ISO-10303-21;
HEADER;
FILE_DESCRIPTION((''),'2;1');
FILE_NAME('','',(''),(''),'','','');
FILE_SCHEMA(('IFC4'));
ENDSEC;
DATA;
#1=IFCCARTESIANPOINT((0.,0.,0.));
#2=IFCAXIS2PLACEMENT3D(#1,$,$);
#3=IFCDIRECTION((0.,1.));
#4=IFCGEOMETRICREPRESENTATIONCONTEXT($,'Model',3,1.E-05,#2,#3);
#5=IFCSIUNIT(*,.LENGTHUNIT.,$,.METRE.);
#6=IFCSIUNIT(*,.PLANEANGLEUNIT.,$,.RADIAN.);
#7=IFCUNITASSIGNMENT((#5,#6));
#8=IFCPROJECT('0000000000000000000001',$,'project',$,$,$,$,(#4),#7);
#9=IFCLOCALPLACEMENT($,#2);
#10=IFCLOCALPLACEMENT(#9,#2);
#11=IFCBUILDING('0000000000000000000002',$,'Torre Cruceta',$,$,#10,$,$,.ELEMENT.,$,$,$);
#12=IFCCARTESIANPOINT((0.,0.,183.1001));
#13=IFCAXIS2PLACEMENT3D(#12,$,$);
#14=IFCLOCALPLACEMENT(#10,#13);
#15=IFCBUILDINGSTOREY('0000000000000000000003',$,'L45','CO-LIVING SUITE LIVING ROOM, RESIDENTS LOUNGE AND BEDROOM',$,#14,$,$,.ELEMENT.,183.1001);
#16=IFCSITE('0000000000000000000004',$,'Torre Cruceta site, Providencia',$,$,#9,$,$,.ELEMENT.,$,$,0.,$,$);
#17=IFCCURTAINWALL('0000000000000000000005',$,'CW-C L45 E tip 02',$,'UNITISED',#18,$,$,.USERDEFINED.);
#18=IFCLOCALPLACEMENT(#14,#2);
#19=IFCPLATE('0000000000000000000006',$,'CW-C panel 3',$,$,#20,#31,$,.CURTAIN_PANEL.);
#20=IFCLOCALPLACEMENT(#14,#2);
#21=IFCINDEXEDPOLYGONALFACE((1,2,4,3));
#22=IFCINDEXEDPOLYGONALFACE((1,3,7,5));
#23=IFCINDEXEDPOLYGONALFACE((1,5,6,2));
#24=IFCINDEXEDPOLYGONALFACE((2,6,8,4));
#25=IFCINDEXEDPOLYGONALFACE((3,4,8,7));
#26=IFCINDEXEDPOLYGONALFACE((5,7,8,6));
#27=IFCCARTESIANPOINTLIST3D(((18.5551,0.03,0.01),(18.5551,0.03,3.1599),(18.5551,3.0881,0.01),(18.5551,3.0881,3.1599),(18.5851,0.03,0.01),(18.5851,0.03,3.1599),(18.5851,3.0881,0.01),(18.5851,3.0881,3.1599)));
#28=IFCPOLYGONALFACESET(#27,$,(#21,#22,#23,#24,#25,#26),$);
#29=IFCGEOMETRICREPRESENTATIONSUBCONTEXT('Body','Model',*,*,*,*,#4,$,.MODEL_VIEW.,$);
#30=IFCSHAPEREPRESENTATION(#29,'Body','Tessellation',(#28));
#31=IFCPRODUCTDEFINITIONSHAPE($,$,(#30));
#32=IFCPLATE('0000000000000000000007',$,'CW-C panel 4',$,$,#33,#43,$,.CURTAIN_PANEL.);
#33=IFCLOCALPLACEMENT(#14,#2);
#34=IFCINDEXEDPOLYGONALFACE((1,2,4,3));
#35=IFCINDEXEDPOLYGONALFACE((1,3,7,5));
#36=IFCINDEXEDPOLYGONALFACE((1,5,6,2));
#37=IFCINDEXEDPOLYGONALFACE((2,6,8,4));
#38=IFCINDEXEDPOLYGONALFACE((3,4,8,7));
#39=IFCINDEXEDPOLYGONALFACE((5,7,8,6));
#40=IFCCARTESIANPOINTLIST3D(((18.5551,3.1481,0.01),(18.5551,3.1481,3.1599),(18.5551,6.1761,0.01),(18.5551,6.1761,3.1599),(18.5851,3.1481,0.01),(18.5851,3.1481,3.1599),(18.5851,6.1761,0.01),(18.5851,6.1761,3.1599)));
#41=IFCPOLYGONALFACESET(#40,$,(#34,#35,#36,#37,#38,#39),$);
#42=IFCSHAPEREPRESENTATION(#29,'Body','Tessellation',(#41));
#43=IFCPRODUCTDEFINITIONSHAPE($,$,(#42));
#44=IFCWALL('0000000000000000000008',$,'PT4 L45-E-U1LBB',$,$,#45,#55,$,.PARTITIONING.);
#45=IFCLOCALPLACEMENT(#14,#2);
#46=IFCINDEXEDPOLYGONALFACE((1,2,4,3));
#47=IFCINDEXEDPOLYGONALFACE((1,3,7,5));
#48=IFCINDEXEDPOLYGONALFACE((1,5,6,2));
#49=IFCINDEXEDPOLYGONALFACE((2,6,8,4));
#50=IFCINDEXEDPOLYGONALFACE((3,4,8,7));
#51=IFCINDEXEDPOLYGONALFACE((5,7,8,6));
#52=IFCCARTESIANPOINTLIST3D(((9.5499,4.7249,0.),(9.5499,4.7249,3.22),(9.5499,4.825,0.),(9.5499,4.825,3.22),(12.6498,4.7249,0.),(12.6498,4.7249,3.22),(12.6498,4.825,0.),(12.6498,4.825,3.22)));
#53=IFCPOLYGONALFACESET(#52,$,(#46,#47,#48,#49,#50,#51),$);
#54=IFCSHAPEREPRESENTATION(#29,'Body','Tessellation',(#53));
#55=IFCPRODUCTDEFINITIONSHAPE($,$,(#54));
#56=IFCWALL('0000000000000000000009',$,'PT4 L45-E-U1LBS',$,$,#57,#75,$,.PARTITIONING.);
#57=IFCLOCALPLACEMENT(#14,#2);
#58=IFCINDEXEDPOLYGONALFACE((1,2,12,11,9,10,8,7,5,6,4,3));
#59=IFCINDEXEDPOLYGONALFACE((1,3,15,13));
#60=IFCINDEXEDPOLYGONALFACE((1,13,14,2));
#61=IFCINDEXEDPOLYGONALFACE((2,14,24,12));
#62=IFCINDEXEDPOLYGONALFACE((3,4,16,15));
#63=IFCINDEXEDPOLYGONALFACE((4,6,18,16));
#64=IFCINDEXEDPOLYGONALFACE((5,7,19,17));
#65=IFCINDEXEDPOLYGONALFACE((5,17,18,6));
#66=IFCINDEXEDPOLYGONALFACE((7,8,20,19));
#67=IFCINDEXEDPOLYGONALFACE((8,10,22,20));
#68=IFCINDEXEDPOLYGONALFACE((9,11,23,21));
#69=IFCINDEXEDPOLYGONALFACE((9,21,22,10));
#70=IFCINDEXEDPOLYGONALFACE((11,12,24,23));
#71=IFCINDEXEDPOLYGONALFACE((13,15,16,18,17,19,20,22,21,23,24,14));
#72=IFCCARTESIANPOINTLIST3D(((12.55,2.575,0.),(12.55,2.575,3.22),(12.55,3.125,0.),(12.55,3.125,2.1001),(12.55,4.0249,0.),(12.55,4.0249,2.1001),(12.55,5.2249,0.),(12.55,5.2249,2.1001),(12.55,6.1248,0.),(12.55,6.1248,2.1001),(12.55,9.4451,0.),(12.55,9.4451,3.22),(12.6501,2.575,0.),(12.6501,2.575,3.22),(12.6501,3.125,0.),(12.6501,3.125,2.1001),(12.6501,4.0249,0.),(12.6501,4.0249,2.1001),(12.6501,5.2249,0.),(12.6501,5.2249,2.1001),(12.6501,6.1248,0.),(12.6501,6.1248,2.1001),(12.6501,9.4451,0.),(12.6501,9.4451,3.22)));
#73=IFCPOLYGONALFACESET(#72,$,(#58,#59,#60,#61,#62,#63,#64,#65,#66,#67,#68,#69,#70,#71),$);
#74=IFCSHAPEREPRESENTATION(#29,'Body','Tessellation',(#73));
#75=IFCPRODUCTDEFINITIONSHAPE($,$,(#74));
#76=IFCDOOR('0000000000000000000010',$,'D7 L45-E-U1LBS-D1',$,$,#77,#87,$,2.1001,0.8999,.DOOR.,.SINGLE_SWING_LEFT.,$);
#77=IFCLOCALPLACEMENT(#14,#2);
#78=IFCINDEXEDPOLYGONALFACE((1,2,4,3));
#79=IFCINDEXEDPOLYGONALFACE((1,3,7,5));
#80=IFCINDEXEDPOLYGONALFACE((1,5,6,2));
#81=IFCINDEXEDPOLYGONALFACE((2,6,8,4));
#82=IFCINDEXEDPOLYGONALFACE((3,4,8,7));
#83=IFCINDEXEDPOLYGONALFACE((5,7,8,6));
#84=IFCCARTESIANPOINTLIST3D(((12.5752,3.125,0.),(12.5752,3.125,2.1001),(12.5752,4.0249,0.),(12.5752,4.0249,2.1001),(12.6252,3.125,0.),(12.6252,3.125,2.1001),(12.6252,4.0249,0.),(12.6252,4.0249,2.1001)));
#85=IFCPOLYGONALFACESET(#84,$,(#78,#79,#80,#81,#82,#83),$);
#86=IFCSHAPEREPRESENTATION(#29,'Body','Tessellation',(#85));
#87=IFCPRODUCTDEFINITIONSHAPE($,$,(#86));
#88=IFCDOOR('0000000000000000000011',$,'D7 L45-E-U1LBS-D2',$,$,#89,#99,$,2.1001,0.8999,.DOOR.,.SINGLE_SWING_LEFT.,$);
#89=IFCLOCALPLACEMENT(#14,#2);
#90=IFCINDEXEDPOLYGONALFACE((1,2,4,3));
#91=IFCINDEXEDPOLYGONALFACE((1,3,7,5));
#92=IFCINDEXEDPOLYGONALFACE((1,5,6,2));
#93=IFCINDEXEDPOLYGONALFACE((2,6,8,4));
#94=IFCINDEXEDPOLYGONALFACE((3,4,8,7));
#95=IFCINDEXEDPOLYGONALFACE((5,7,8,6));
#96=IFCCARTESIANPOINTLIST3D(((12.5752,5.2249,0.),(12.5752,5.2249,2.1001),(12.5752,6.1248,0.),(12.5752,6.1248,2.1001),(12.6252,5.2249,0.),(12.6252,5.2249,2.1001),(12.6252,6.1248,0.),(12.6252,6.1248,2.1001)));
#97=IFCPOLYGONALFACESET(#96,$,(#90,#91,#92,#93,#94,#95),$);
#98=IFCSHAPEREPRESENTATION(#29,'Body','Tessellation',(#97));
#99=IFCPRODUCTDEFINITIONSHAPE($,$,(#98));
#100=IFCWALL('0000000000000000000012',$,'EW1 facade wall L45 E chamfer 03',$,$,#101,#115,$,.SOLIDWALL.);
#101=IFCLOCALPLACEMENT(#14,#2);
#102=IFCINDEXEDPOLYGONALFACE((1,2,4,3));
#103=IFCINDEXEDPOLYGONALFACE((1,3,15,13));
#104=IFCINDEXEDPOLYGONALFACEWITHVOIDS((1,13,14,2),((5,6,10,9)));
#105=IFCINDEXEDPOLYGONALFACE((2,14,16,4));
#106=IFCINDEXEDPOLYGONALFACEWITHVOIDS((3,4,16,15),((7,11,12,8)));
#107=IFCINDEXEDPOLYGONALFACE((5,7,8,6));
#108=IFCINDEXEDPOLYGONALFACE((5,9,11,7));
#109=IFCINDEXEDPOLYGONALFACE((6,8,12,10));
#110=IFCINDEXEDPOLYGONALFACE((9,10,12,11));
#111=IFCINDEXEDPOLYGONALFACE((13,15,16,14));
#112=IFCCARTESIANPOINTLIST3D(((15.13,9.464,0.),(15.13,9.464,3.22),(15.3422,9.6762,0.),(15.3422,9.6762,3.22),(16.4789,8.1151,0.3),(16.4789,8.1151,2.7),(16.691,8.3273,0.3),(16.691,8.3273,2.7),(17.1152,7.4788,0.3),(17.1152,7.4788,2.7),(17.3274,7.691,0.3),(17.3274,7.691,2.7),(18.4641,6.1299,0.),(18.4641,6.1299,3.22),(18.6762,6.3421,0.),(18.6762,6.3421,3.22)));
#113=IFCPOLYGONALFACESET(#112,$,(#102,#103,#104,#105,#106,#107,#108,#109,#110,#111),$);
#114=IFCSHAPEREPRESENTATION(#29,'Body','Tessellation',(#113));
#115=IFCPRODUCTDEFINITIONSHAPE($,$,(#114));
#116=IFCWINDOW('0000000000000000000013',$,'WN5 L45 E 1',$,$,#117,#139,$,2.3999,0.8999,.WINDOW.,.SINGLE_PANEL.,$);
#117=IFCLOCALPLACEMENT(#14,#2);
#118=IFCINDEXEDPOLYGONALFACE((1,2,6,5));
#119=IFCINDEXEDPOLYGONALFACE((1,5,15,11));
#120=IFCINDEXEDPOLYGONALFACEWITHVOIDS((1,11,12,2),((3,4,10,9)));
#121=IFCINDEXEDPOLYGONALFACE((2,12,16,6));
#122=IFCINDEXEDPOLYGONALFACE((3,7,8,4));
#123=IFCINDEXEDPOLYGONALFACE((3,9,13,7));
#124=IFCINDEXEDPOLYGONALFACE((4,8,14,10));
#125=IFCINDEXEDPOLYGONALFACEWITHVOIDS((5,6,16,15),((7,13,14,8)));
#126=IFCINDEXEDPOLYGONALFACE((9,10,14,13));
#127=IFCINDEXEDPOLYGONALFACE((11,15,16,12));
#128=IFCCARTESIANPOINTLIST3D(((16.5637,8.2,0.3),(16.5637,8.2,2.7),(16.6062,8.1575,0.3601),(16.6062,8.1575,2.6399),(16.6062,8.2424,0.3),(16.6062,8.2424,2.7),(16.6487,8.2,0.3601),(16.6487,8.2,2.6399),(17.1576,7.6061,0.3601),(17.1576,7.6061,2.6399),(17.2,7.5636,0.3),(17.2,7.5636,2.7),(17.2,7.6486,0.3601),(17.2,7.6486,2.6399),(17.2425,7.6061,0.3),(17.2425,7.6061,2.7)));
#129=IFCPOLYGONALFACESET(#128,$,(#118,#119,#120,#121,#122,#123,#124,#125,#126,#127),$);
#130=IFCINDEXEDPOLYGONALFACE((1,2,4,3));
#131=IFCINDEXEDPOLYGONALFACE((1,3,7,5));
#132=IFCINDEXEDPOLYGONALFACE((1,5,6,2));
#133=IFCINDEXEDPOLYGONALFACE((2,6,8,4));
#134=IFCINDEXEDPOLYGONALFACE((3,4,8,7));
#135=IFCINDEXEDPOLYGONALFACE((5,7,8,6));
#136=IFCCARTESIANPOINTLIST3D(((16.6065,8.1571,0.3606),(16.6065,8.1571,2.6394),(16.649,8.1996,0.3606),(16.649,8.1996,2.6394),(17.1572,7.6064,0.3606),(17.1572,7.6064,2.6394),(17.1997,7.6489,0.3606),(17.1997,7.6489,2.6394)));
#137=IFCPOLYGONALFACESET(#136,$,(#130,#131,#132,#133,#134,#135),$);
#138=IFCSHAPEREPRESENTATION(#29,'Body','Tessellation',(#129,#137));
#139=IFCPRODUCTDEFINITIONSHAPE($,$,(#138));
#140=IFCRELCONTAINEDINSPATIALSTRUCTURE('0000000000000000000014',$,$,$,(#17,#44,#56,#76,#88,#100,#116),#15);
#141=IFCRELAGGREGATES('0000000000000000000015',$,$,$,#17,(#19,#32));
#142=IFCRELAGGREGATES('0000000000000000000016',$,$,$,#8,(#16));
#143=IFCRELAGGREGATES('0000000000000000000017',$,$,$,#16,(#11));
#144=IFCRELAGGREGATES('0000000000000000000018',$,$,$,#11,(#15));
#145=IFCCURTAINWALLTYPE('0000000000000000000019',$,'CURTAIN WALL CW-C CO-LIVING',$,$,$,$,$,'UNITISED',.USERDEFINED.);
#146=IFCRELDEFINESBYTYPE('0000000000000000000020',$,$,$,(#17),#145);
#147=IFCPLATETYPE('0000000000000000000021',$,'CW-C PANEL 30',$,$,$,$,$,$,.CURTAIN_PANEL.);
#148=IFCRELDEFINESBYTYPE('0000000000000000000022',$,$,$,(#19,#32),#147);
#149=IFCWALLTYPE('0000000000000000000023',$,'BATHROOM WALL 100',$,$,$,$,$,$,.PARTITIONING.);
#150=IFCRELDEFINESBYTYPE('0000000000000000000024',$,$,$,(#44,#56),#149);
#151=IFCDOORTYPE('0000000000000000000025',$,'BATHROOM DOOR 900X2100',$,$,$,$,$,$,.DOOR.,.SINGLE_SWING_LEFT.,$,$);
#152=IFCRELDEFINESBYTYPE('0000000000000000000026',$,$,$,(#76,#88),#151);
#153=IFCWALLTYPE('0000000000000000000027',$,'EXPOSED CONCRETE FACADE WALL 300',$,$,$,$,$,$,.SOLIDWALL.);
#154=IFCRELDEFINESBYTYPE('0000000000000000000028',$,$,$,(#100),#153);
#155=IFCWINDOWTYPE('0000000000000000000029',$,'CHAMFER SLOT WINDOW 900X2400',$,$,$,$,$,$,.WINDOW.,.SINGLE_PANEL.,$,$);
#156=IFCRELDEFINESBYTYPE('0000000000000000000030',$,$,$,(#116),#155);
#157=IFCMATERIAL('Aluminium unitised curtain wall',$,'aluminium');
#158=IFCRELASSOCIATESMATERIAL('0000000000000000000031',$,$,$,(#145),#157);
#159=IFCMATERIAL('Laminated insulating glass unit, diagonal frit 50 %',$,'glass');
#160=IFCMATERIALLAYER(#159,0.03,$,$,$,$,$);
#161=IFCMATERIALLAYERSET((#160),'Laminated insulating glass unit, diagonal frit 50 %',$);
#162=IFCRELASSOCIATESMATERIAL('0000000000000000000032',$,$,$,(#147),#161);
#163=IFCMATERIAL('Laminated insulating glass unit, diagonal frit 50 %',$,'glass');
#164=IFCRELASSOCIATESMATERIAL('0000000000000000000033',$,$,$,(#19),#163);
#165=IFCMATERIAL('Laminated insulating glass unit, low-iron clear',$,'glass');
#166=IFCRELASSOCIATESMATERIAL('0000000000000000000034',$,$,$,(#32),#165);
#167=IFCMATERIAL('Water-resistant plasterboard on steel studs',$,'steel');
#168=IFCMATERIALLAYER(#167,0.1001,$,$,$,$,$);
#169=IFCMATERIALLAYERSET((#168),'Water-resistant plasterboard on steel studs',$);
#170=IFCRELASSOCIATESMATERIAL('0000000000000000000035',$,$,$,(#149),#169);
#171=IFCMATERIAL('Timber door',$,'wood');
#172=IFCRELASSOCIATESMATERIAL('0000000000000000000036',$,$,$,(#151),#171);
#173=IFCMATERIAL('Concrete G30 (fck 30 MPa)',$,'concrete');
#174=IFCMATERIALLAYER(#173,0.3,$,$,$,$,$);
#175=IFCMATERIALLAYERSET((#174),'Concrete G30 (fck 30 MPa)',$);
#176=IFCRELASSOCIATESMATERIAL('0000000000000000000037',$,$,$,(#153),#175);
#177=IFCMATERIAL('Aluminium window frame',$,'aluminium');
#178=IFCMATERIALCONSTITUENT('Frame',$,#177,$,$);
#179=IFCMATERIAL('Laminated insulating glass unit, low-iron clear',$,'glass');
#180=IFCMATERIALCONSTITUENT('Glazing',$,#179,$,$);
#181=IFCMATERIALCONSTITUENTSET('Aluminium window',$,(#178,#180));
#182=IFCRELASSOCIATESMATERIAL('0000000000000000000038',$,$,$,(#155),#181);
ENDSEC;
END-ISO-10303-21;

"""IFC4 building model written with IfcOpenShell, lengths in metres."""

from ifc_helpers import new_model, si_unit, direction, frame, frame_2d, origin, origin_2d, place, context, subcontext, project, spatial, rectangle, hollow_rectangle, extrude, material, layer, layer_set, constituent, constituent_set, type_object, element, fill, aggregate, save


model = new_model("IFC4")

# Units and contexts
model_context = context("Model", 3, precision=1e-05, world=origin(), true_north=direction((0.0, 1.0)))
body_context = subcontext(model_context, "Body", "Model", "MODEL_VIEW")
ifc_project = project(units=[si_unit("LENGTHUNIT", "METRE"), si_unit("PLANEANGLEUNIT", "RADIAN")], contexts=[model_context])

# Site, building, storey
site_placement = place(None, origin())
site = spatial("IfcSite", under=ifc_project, at=site_placement, Name="Torre Cruceta site, Providencia", CompositionType="ELEMENT", RefElevation=0.0)
building_placement = place(site_placement, origin())
building = spatial("IfcBuilding", under=site, at=building_placement, Name="Torre Cruceta", CompositionType="ELEMENT")
storey_placement = place(building_placement, frame((0.0, 0.0, 183.1001)))
storey = spatial("IfcBuildingStorey", under=building, at=storey_placement, Name="L45", Description="CO-LIVING SUITE LIVING ROOM, RESIDENTS LOUNGE AND BEDROOM", CompositionType="ELEMENT", Elevation=183.1001)

# Curtain wall
ifc_material_1 = material(Name="Aluminium unitised curtain wall", Category="aluminium")
curtain_wall_type = type_object("IfcCurtainWallType", Name="CURTAIN WALL CW-C CO-LIVING", ElementType="UNITISED", PredefinedType="USERDEFINED", material=ifc_material_1)
curtain_wall_placement = place(storey_placement, origin())
curtain_wall = element("IfcCurtainWall", 1, at=curtain_wall_placement, inside=storey, type_object=curtain_wall_type, Name="CW-C L45 E tip 02", ObjectType="UNITISED", PredefinedType="USERDEFINED")

# Plates
ifc_material_2 = material(Name="Laminated insulating glass unit, diagonal frit 50 %", Category="glass")
ifc_material_3 = material(Name="Laminated insulating glass unit, diagonal frit 50 %", Category="glass")
ifc_layer_1 = layer(ifc_material_3, 0.03)
ifc_layer_set_1 = layer_set([ifc_layer_1], Name="Laminated insulating glass unit, diagonal frit 50 %")
plate_type = type_object("IfcPlateType", Name="CW-C PANEL 30", PredefinedType="CURTAIN_PANEL", material=ifc_layer_set_1)
plate_1_placement = place(storey_placement, frame((18.5701, 1.5591, 0.01), z_axis=(0.0, 0.0, 1.0), x_axis=(0.0, 1.0, 0.0)))
plate_1 = element("IfcPlate", 2, at=plate_1_placement, type_object=plate_type, material=ifc_material_2, Name="CW-C panel 3", PredefinedType="CURTAIN_PANEL", context=body_context, shape_type="SweptSolid", body=[
    extrude(rectangle(XDim=3.0581, YDim=0.03, at=origin_2d()), origin(), (0.0, 0.0, 1.0), 3.1499),
])
ifc_material_4 = material(Name="Laminated insulating glass unit, low-iron clear", Category="glass")
plate_2_placement = place(storey_placement, frame((18.5701, 4.6621, 0.01), z_axis=(0.0, 0.0, 1.0), x_axis=(0.0, 1.0, 0.0)))
plate_2 = element("IfcPlate", 3, at=plate_2_placement, type_object=plate_type, material=ifc_material_4, Name="CW-C panel 4", PredefinedType="CURTAIN_PANEL", context=body_context, shape_type="SweptSolid", body=[
    extrude(rectangle(XDim=3.0281, YDim=0.03, at=origin_2d()), origin(), (0.0, 0.0, 1.0), 3.1499),
])
aggregate(curtain_wall, [plate_1, plate_2])

# Wall
ifc_material_5 = material(Name="Water-resistant plasterboard on steel studs", Category="steel")
ifc_layer_2 = layer(ifc_material_5, 0.1001)
ifc_layer_set_2 = layer_set([ifc_layer_2], Name="Water-resistant plasterboard on steel studs")
wall_type_1 = type_object("IfcWallType", Name="BATHROOM WALL 100", PredefinedType="PARTITIONING", material=ifc_layer_set_2)
wall_1_placement = place(storey_placement, frame((9.55, 4.7749, 0.0), z_axis=(0.0, 0.0, 1.0), x_axis=(1.0, 0.0, 0.0)))
element("IfcWall", 4, at=wall_1_placement, inside=storey, type_object=wall_type_1, Name="PT4 L45-E-U1LBB", PredefinedType="PARTITIONING", context=body_context, shape_type="SweptSolid", body=[
    extrude(rectangle(XDim=3.0999, YDim=0.1001, at=frame_2d((1.5498, 0.0))), origin(), (0.0, 0.0, 1.0), 3.22),
])

# Wall, openings, doors
wall_2_placement = place(storey_placement, frame((12.6001, 2.575, 0.0), z_axis=(0.0, 0.0, 1.0), x_axis=(0.0, 1.0, 0.0)))
wall_2 = element("IfcWall", 5, at=wall_2_placement, inside=storey, type_object=wall_type_1, Name="PT4 L45-E-U1LBS", PredefinedType="PARTITIONING", context=body_context, shape_type="SweptSolid", body=[
    extrude(rectangle(XDim=6.8701, YDim=0.1001, at=frame_2d((3.4351, 0.0))), origin(), (0.0, 0.0, 1.0), 3.22),
])
opening_1_placement = place(wall_2_placement, frame((0.55, 0.0, 0.0)))
opening_1 = element("IfcOpeningElement", 6, at=opening_1_placement, cuts=wall_2, PredefinedType="OPENING", context=body_context, shape_type="SweptSolid", body=[
    extrude(rectangle(XDim=0.8999, YDim=2.1001, at=frame_2d((0.45, 1.05))), frame((0.0, 0.0601, 0.0), z_axis=(0.0, -1.0, 0.0), x_axis=(1.0, 0.0, 0.0)), (0.0, 0.0, 1.0), 0.1201),
])
opening_2_placement = place(wall_2_placement, frame((2.6499, 0.0, 0.0)))
opening_2 = element("IfcOpeningElement", 7, at=opening_2_placement, cuts=wall_2, PredefinedType="OPENING", context=body_context, shape_type="SweptSolid", body=[
    extrude(rectangle(XDim=0.8999, YDim=2.1001, at=frame_2d((0.45, 1.05))), frame((0.0, 0.0601, 0.0), z_axis=(0.0, -1.0, 0.0), x_axis=(1.0, 0.0, 0.0)), (0.0, 0.0, 1.0), 0.1201),
])
ifc_material_6 = material(Name="Timber door", Category="wood")
door_type_1 = type_object("IfcDoorType", Name="BATHROOM DOOR 900X2100", OperationType="SINGLE_SWING_LEFT", PredefinedType="DOOR", material=ifc_material_6)
door_1_placement = place(opening_1_placement, origin())
door_1 = element("IfcDoor", 8, at=door_1_placement, inside=storey, type_object=door_type_1, Name="D7 L45-E-U1LBS-D1", OperationType="SINGLE_SWING_LEFT", OverallHeight=2.1001, OverallWidth=0.8999, PredefinedType="DOOR", context=body_context, shape_type="SweptSolid", body=[
    extrude(rectangle(XDim=0.8999, YDim=2.1001, at=frame_2d((0.45, 1.05))), frame((0.0, 0.0249, 0.0), z_axis=(0.0, -1.0, 0.0), x_axis=(1.0, 0.0, 0.0)), (0.0, 0.0, 1.0), 0.05),
])
fill(opening_1, door_1)
door_2_placement = place(opening_2_placement, origin())
door_2 = element("IfcDoor", 9, at=door_2_placement, inside=storey, type_object=door_type_1, Name="D7 L45-E-U1LBS-D2", OperationType="SINGLE_SWING_LEFT", OverallHeight=2.1001, OverallWidth=0.8999, PredefinedType="DOOR", context=body_context, shape_type="SweptSolid", body=[
    extrude(rectangle(XDim=0.8999, YDim=2.1001, at=frame_2d((0.45, 1.05))), frame((0.0, 0.0249, 0.0), z_axis=(0.0, -1.0, 0.0), x_axis=(1.0, 0.0, 0.0)), (0.0, 0.0, 1.0), 0.05),
])
fill(opening_2, door_2)

# Wall, opening, window
ifc_material_7 = material(Name="Concrete G30 (fck 30 MPa)", Category="concrete")
ifc_layer_3 = layer(ifc_material_7, 0.3)
ifc_layer_set_3 = layer_set([ifc_layer_3], Name="Concrete G30 (fck 30 MPa)")
wall_type_2 = type_object("IfcWallType", Name="EXPOSED CONCRETE FACADE WALL 300", PredefinedType="SOLIDWALL", material=ifc_layer_set_3)
wall_3_placement = place(storey_placement, frame((18.5701, 6.2361, 0.0), z_axis=(0.0, 0.0, 1.0), x_axis=(-0.707107, 0.707107, 0.0)))
wall_3 = element("IfcWall", 10, at=wall_3_placement, inside=storey, type_object=wall_type_2, Name="EW1 facade wall L45 E chamfer 03", PredefinedType="SOLIDWALL", context=body_context, shape_type="SweptSolid", body=[
    extrude(rectangle(XDim=4.7151, YDim=0.3, at=frame_2d((2.3574, 0.0))), origin(), (0.0, 0.0, 1.0), 3.22),
])
opening_3_placement = place(wall_3_placement, frame((1.9075, 0.0, 0.3)))
opening_3 = element("IfcOpeningElement", 11, at=opening_3_placement, cuts=wall_3, PredefinedType="OPENING", context=body_context, shape_type="SweptSolid", body=[
    extrude(rectangle(XDim=0.8999, YDim=2.3999, at=frame_2d((0.45, 1.2))), frame((0.0, 0.1599, 0.0), z_axis=(0.0, -1.0, 0.0), x_axis=(1.0, 0.0, 0.0)), (0.0, 0.0, 1.0), 0.3201),
])
ifc_material_8 = material(Name="Aluminium window frame", Category="aluminium")
ifc_constituent_1 = constituent(ifc_material_8, Name="Frame")
ifc_material_9 = material(Name="Laminated insulating glass unit, low-iron clear", Category="glass")
ifc_constituent_2 = constituent(ifc_material_9, Name="Glazing")
ifc_constituent_set_1 = constituent_set(constituents=[ifc_constituent_1, ifc_constituent_2], Name="Aluminium window")
window_type = type_object("IfcWindowType", Name="CHAMFER SLOT WINDOW 900X2400", PartitioningType="SINGLE_PANEL", PredefinedType="WINDOW", material=ifc_constituent_set_1)
window_placement = place(opening_3_placement, origin())
window = element("IfcWindow", 12, at=window_placement, inside=storey, type_object=window_type, Name="WN5 L45 E 1", OverallHeight=2.3999, OverallWidth=0.8999, PartitioningType="SINGLE_PANEL", PredefinedType="WINDOW", context=body_context, shape_type="SweptSolid", body=[
    extrude(hollow_rectangle(XDim=0.8999, YDim=2.3999, WallThickness=0.0601, at=frame_2d((0.45, 1.2))), frame((0.0, 0.03, 0.0), z_axis=(0.0, -1.0, 0.0), x_axis=(1.0, 0.0, 0.0)), (0.0, 0.0, 1.0), 0.0601),
    extrude(rectangle(XDim=0.7788, YDim=2.2788, at=frame_2d((0.45, 1.2))), frame((0.0, 0.03, 0.0), z_axis=(0.0, -1.0, 0.0), x_axis=(1.0, 0.0, 0.0)), (0.0, 0.0, 1.0), 0.0601),
])
fill(opening_3, window)

save(model, "model.ifc")
